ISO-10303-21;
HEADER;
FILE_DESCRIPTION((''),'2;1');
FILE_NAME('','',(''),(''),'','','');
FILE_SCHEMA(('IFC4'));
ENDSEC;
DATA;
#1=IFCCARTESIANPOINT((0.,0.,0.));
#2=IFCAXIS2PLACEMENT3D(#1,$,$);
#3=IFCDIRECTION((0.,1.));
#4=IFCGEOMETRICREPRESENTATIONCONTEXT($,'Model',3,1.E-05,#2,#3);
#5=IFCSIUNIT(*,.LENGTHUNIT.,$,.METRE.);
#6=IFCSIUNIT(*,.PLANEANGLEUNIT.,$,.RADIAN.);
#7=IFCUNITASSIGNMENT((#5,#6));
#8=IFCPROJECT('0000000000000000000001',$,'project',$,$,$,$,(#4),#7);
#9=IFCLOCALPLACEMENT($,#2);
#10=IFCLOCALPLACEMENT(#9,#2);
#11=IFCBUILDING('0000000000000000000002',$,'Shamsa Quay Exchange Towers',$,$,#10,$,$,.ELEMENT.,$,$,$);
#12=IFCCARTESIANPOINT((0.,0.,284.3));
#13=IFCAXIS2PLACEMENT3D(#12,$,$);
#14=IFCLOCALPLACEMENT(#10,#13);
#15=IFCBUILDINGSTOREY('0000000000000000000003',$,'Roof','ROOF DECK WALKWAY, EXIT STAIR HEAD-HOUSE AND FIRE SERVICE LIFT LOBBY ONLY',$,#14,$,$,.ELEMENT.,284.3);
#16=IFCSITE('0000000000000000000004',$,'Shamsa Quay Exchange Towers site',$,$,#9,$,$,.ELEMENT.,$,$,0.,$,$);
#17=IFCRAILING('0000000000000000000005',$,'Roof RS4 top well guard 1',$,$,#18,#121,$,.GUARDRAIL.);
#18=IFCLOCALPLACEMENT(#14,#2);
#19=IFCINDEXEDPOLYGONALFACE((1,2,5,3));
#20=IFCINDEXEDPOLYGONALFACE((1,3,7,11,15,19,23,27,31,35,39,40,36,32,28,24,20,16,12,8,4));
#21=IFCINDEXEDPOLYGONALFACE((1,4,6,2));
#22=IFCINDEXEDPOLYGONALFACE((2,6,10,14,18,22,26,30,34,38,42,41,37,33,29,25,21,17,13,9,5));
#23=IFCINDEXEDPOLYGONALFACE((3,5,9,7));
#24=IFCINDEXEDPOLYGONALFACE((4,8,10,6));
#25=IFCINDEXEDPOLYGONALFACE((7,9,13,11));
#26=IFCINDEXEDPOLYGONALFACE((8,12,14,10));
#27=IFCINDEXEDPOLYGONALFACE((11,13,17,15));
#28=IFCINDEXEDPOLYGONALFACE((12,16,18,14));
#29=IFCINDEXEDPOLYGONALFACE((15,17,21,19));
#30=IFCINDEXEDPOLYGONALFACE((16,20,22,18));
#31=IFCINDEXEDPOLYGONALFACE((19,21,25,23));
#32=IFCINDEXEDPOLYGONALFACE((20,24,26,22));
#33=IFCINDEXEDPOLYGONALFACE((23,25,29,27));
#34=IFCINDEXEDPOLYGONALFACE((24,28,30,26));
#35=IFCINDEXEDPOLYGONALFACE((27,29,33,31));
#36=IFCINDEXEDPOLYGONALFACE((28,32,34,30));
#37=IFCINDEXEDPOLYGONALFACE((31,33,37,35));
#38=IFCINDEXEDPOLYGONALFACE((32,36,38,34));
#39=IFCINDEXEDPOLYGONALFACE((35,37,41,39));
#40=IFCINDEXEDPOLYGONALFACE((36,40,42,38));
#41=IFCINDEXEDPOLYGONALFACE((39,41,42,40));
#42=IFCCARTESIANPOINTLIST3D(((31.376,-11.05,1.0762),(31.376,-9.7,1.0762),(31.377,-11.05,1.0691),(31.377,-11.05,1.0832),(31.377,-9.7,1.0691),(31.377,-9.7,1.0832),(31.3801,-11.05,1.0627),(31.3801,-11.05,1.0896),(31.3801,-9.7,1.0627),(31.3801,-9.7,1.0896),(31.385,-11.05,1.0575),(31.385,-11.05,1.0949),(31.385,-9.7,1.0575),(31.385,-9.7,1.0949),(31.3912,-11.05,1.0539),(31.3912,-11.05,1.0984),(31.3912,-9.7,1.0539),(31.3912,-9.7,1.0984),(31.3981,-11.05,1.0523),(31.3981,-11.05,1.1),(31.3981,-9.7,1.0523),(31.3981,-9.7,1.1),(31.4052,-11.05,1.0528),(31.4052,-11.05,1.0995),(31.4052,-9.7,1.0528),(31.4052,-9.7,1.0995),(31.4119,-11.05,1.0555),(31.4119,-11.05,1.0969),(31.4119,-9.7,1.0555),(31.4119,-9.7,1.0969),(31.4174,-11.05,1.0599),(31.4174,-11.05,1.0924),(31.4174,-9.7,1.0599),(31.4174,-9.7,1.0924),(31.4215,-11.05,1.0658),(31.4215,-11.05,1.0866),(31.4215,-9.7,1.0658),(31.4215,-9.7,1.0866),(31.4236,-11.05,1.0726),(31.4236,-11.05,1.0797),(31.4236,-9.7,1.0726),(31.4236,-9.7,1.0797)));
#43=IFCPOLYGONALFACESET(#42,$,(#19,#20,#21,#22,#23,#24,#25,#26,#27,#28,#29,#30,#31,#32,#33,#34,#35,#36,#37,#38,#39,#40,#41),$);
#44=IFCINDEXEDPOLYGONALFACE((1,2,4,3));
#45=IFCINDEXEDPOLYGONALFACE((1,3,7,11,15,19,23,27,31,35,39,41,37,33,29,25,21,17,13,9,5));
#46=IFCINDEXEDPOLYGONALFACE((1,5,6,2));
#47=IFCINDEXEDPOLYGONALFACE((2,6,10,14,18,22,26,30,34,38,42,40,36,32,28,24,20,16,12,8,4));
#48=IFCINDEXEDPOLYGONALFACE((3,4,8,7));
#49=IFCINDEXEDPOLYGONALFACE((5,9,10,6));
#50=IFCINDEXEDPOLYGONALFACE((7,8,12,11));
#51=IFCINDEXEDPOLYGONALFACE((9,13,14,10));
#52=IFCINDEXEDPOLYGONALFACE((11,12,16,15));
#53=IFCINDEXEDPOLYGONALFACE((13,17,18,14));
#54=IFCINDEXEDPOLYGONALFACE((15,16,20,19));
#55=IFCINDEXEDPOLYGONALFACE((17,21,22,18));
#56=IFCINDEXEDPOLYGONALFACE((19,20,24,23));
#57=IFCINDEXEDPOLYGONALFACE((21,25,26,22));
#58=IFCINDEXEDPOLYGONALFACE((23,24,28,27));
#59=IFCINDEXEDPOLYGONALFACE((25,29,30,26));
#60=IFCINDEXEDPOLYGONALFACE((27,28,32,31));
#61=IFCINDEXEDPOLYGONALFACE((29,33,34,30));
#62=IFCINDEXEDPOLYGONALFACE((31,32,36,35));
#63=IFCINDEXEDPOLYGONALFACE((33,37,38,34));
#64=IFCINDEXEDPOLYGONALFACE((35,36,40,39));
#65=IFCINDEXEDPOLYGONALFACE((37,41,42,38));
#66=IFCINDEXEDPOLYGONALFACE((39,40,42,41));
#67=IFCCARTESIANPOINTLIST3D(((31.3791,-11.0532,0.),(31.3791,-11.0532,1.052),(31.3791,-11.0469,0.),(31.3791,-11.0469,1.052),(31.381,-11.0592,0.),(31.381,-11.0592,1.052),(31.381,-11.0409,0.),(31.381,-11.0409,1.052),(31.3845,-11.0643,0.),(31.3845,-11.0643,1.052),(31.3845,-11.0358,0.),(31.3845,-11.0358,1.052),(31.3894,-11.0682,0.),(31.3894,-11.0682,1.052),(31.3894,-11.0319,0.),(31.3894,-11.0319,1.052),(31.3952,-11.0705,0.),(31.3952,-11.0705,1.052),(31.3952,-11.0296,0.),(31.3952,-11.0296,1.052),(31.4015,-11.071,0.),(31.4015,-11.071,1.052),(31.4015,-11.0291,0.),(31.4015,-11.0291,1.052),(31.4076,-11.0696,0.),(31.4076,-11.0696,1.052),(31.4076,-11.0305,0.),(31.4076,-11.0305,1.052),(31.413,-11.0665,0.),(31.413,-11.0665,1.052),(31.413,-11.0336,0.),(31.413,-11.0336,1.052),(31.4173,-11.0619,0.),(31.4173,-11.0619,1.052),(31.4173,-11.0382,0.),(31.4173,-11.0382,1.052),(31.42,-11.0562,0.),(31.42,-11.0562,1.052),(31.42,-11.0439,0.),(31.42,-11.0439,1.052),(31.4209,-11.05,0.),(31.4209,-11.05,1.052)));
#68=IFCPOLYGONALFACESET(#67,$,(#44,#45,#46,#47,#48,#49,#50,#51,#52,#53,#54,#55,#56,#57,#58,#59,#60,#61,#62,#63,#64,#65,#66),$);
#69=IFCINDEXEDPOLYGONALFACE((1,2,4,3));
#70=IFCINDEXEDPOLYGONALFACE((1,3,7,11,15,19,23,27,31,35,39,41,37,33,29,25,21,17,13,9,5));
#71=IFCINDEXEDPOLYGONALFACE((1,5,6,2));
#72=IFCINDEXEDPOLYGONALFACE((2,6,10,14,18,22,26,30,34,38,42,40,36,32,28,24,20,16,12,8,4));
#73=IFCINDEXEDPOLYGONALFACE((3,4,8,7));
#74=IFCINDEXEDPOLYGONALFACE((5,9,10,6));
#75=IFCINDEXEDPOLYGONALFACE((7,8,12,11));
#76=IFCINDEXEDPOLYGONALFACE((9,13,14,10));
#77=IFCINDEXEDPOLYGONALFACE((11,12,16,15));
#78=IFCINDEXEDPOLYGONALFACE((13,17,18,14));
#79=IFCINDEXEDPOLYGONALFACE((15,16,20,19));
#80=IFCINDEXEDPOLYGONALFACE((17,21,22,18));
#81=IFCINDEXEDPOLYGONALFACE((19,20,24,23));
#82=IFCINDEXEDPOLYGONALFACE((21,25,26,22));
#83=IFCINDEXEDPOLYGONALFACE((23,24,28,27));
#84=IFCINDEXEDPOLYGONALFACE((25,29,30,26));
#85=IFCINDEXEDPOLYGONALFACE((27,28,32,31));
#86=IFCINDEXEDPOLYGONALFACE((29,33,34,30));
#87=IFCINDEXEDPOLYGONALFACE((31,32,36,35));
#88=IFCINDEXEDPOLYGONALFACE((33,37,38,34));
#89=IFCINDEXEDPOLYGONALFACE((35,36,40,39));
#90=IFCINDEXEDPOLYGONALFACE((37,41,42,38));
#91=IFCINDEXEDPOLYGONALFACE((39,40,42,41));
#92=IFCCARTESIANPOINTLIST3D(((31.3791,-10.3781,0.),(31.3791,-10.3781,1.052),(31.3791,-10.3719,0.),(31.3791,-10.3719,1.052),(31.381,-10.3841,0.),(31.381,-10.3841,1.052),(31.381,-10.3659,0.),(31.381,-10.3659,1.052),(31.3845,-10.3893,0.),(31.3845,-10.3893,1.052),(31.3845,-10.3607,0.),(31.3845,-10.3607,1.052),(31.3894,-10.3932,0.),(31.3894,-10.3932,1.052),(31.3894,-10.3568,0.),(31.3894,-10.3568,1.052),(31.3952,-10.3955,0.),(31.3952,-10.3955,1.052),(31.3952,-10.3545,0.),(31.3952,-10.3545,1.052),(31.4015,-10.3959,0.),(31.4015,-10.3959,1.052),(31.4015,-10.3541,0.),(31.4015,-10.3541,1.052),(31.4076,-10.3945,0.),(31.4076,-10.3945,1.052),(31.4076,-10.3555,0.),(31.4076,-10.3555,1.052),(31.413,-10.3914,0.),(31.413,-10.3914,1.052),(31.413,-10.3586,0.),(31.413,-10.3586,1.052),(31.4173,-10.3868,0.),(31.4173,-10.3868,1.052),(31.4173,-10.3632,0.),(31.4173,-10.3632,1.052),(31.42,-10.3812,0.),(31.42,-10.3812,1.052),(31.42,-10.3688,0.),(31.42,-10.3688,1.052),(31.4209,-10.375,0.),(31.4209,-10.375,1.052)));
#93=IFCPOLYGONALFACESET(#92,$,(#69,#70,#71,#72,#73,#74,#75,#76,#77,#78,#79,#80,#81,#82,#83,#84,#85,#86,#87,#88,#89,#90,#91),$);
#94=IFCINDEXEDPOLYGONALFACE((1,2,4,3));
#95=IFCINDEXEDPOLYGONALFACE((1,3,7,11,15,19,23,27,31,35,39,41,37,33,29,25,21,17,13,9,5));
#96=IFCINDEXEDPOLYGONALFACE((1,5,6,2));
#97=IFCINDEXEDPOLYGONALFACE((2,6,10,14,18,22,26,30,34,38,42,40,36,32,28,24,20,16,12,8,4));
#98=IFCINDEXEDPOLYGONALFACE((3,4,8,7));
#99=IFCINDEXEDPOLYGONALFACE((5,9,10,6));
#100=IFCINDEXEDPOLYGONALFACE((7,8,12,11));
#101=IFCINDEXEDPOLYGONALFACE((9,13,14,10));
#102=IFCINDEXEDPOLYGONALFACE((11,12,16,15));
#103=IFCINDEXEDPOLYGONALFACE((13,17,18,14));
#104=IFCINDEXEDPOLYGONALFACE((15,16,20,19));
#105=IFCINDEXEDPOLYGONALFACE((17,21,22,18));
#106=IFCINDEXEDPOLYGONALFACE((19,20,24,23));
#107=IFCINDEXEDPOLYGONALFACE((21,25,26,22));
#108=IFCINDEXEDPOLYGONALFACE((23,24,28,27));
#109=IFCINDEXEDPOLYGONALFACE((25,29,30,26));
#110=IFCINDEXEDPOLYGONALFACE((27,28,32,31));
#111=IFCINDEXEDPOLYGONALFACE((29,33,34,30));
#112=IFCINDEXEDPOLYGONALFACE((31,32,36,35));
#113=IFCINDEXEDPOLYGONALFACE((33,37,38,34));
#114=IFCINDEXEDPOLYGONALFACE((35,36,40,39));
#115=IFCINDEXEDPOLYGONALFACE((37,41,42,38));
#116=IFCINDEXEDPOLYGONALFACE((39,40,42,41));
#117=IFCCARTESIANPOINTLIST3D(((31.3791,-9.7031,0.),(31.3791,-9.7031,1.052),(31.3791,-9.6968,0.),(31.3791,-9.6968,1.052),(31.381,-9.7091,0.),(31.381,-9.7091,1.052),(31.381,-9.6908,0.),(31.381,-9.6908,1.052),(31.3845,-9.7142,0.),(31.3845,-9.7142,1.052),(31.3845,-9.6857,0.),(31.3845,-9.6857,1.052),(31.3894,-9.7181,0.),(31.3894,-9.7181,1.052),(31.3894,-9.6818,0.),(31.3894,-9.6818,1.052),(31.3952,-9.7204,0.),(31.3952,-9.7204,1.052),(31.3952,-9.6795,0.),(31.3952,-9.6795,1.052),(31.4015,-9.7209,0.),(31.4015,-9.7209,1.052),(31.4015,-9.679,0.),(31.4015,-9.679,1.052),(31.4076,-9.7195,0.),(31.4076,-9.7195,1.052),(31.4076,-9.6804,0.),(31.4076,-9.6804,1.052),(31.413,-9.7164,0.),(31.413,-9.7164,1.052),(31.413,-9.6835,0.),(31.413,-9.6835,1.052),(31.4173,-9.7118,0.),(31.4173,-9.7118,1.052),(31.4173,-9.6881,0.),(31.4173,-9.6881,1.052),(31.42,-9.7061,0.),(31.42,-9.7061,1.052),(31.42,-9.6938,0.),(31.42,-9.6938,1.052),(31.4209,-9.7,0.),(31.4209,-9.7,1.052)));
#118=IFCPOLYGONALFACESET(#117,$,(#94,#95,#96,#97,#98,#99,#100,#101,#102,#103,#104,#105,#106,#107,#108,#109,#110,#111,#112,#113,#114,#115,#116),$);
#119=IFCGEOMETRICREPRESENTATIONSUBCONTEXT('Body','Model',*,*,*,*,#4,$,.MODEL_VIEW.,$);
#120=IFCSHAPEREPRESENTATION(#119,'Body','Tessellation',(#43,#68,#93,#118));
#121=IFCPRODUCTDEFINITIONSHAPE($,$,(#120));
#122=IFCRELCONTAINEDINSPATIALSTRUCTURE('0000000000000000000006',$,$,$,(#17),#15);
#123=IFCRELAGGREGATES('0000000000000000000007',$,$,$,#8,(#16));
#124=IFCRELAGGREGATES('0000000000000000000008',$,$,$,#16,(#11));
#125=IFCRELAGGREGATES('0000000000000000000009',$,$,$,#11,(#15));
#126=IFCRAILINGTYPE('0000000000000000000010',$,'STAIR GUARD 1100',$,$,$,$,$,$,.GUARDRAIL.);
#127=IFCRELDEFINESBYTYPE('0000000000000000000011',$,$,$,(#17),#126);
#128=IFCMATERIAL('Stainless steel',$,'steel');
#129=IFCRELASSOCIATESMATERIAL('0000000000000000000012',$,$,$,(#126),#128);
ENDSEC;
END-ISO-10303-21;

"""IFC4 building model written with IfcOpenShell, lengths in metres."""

from ifc_helpers import new_model, si_unit, direction, frame, origin, origin_2d, place, context, subcontext, project, spatial, circle, extrude, material, type_object, element, save


model = new_model("IFC4")

# Units and contexts
model_context = context("Model", 3, precision=1e-05, world=origin(), true_north=direction((0.0, 1.0)))
body_context = subcontext(model_context, "Body", "Model", "MODEL_VIEW")
ifc_project = project(units=[si_unit("LENGTHUNIT", "METRE"), si_unit("PLANEANGLEUNIT", "RADIAN")], contexts=[model_context])

# Site, building, storey
site_placement = place(None, origin())
site = spatial("IfcSite", under=ifc_project, at=site_placement, Name="Shamsa Quay Exchange Towers site", CompositionType="ELEMENT", RefElevation=0.0)
building_placement = place(site_placement, origin())
building = spatial("IfcBuilding", under=site, at=building_placement, Name="Shamsa Quay Exchange Towers", CompositionType="ELEMENT")
storey_placement = place(building_placement, frame((0.0, 0.0, 284.3)))
storey = spatial("IfcBuildingStorey", under=building, at=storey_placement, Name="Roof", Description="ROOF DECK WALKWAY, EXIT STAIR HEAD-HOUSE AND FIRE SERVICE LIFT LOBBY ONLY", CompositionType="ELEMENT", Elevation=284.3)

# Railing
ifc_material_1 = material(Name="Stainless steel", Category="steel")
railing_type = type_object("IfcRailingType", Name="STAIR GUARD 1100", PredefinedType="GUARDRAIL", material=ifc_material_1)
railing_placement = place(storey_placement, frame((31.3999, -11.05, 0.0)))
element("IfcRailing", 1, at=railing_placement, inside=storey, type_object=railing_type, Name="Roof RS4 top well guard 1", PredefinedType="GUARDRAIL", context=body_context, shape_type="SweptSolid", body=[
    extrude(circle(Radius=0.0239, at=origin_2d()), frame((0.0, 0.0, 1.0762), z_axis=(0.0, 1.0, 0.0), x_axis=(-1.0, 0.0, 0.0)), (0.0, 0.0, 1.0), 1.3501),
    extrude(circle(Radius=0.021, at=origin_2d()), origin(), (0.0, 0.0, 1.0), 1.052),
    extrude(circle(Radius=0.021, at=origin_2d()), frame((0.0, 0.675, 0.0)), (0.0, 0.0, 1.0), 1.052),
    extrude(circle(Radius=0.021, at=origin_2d()), frame((0.0, 1.3501, 0.0)), (0.0, 0.0, 1.0), 1.052),
])

save(model, "model.ifc")
